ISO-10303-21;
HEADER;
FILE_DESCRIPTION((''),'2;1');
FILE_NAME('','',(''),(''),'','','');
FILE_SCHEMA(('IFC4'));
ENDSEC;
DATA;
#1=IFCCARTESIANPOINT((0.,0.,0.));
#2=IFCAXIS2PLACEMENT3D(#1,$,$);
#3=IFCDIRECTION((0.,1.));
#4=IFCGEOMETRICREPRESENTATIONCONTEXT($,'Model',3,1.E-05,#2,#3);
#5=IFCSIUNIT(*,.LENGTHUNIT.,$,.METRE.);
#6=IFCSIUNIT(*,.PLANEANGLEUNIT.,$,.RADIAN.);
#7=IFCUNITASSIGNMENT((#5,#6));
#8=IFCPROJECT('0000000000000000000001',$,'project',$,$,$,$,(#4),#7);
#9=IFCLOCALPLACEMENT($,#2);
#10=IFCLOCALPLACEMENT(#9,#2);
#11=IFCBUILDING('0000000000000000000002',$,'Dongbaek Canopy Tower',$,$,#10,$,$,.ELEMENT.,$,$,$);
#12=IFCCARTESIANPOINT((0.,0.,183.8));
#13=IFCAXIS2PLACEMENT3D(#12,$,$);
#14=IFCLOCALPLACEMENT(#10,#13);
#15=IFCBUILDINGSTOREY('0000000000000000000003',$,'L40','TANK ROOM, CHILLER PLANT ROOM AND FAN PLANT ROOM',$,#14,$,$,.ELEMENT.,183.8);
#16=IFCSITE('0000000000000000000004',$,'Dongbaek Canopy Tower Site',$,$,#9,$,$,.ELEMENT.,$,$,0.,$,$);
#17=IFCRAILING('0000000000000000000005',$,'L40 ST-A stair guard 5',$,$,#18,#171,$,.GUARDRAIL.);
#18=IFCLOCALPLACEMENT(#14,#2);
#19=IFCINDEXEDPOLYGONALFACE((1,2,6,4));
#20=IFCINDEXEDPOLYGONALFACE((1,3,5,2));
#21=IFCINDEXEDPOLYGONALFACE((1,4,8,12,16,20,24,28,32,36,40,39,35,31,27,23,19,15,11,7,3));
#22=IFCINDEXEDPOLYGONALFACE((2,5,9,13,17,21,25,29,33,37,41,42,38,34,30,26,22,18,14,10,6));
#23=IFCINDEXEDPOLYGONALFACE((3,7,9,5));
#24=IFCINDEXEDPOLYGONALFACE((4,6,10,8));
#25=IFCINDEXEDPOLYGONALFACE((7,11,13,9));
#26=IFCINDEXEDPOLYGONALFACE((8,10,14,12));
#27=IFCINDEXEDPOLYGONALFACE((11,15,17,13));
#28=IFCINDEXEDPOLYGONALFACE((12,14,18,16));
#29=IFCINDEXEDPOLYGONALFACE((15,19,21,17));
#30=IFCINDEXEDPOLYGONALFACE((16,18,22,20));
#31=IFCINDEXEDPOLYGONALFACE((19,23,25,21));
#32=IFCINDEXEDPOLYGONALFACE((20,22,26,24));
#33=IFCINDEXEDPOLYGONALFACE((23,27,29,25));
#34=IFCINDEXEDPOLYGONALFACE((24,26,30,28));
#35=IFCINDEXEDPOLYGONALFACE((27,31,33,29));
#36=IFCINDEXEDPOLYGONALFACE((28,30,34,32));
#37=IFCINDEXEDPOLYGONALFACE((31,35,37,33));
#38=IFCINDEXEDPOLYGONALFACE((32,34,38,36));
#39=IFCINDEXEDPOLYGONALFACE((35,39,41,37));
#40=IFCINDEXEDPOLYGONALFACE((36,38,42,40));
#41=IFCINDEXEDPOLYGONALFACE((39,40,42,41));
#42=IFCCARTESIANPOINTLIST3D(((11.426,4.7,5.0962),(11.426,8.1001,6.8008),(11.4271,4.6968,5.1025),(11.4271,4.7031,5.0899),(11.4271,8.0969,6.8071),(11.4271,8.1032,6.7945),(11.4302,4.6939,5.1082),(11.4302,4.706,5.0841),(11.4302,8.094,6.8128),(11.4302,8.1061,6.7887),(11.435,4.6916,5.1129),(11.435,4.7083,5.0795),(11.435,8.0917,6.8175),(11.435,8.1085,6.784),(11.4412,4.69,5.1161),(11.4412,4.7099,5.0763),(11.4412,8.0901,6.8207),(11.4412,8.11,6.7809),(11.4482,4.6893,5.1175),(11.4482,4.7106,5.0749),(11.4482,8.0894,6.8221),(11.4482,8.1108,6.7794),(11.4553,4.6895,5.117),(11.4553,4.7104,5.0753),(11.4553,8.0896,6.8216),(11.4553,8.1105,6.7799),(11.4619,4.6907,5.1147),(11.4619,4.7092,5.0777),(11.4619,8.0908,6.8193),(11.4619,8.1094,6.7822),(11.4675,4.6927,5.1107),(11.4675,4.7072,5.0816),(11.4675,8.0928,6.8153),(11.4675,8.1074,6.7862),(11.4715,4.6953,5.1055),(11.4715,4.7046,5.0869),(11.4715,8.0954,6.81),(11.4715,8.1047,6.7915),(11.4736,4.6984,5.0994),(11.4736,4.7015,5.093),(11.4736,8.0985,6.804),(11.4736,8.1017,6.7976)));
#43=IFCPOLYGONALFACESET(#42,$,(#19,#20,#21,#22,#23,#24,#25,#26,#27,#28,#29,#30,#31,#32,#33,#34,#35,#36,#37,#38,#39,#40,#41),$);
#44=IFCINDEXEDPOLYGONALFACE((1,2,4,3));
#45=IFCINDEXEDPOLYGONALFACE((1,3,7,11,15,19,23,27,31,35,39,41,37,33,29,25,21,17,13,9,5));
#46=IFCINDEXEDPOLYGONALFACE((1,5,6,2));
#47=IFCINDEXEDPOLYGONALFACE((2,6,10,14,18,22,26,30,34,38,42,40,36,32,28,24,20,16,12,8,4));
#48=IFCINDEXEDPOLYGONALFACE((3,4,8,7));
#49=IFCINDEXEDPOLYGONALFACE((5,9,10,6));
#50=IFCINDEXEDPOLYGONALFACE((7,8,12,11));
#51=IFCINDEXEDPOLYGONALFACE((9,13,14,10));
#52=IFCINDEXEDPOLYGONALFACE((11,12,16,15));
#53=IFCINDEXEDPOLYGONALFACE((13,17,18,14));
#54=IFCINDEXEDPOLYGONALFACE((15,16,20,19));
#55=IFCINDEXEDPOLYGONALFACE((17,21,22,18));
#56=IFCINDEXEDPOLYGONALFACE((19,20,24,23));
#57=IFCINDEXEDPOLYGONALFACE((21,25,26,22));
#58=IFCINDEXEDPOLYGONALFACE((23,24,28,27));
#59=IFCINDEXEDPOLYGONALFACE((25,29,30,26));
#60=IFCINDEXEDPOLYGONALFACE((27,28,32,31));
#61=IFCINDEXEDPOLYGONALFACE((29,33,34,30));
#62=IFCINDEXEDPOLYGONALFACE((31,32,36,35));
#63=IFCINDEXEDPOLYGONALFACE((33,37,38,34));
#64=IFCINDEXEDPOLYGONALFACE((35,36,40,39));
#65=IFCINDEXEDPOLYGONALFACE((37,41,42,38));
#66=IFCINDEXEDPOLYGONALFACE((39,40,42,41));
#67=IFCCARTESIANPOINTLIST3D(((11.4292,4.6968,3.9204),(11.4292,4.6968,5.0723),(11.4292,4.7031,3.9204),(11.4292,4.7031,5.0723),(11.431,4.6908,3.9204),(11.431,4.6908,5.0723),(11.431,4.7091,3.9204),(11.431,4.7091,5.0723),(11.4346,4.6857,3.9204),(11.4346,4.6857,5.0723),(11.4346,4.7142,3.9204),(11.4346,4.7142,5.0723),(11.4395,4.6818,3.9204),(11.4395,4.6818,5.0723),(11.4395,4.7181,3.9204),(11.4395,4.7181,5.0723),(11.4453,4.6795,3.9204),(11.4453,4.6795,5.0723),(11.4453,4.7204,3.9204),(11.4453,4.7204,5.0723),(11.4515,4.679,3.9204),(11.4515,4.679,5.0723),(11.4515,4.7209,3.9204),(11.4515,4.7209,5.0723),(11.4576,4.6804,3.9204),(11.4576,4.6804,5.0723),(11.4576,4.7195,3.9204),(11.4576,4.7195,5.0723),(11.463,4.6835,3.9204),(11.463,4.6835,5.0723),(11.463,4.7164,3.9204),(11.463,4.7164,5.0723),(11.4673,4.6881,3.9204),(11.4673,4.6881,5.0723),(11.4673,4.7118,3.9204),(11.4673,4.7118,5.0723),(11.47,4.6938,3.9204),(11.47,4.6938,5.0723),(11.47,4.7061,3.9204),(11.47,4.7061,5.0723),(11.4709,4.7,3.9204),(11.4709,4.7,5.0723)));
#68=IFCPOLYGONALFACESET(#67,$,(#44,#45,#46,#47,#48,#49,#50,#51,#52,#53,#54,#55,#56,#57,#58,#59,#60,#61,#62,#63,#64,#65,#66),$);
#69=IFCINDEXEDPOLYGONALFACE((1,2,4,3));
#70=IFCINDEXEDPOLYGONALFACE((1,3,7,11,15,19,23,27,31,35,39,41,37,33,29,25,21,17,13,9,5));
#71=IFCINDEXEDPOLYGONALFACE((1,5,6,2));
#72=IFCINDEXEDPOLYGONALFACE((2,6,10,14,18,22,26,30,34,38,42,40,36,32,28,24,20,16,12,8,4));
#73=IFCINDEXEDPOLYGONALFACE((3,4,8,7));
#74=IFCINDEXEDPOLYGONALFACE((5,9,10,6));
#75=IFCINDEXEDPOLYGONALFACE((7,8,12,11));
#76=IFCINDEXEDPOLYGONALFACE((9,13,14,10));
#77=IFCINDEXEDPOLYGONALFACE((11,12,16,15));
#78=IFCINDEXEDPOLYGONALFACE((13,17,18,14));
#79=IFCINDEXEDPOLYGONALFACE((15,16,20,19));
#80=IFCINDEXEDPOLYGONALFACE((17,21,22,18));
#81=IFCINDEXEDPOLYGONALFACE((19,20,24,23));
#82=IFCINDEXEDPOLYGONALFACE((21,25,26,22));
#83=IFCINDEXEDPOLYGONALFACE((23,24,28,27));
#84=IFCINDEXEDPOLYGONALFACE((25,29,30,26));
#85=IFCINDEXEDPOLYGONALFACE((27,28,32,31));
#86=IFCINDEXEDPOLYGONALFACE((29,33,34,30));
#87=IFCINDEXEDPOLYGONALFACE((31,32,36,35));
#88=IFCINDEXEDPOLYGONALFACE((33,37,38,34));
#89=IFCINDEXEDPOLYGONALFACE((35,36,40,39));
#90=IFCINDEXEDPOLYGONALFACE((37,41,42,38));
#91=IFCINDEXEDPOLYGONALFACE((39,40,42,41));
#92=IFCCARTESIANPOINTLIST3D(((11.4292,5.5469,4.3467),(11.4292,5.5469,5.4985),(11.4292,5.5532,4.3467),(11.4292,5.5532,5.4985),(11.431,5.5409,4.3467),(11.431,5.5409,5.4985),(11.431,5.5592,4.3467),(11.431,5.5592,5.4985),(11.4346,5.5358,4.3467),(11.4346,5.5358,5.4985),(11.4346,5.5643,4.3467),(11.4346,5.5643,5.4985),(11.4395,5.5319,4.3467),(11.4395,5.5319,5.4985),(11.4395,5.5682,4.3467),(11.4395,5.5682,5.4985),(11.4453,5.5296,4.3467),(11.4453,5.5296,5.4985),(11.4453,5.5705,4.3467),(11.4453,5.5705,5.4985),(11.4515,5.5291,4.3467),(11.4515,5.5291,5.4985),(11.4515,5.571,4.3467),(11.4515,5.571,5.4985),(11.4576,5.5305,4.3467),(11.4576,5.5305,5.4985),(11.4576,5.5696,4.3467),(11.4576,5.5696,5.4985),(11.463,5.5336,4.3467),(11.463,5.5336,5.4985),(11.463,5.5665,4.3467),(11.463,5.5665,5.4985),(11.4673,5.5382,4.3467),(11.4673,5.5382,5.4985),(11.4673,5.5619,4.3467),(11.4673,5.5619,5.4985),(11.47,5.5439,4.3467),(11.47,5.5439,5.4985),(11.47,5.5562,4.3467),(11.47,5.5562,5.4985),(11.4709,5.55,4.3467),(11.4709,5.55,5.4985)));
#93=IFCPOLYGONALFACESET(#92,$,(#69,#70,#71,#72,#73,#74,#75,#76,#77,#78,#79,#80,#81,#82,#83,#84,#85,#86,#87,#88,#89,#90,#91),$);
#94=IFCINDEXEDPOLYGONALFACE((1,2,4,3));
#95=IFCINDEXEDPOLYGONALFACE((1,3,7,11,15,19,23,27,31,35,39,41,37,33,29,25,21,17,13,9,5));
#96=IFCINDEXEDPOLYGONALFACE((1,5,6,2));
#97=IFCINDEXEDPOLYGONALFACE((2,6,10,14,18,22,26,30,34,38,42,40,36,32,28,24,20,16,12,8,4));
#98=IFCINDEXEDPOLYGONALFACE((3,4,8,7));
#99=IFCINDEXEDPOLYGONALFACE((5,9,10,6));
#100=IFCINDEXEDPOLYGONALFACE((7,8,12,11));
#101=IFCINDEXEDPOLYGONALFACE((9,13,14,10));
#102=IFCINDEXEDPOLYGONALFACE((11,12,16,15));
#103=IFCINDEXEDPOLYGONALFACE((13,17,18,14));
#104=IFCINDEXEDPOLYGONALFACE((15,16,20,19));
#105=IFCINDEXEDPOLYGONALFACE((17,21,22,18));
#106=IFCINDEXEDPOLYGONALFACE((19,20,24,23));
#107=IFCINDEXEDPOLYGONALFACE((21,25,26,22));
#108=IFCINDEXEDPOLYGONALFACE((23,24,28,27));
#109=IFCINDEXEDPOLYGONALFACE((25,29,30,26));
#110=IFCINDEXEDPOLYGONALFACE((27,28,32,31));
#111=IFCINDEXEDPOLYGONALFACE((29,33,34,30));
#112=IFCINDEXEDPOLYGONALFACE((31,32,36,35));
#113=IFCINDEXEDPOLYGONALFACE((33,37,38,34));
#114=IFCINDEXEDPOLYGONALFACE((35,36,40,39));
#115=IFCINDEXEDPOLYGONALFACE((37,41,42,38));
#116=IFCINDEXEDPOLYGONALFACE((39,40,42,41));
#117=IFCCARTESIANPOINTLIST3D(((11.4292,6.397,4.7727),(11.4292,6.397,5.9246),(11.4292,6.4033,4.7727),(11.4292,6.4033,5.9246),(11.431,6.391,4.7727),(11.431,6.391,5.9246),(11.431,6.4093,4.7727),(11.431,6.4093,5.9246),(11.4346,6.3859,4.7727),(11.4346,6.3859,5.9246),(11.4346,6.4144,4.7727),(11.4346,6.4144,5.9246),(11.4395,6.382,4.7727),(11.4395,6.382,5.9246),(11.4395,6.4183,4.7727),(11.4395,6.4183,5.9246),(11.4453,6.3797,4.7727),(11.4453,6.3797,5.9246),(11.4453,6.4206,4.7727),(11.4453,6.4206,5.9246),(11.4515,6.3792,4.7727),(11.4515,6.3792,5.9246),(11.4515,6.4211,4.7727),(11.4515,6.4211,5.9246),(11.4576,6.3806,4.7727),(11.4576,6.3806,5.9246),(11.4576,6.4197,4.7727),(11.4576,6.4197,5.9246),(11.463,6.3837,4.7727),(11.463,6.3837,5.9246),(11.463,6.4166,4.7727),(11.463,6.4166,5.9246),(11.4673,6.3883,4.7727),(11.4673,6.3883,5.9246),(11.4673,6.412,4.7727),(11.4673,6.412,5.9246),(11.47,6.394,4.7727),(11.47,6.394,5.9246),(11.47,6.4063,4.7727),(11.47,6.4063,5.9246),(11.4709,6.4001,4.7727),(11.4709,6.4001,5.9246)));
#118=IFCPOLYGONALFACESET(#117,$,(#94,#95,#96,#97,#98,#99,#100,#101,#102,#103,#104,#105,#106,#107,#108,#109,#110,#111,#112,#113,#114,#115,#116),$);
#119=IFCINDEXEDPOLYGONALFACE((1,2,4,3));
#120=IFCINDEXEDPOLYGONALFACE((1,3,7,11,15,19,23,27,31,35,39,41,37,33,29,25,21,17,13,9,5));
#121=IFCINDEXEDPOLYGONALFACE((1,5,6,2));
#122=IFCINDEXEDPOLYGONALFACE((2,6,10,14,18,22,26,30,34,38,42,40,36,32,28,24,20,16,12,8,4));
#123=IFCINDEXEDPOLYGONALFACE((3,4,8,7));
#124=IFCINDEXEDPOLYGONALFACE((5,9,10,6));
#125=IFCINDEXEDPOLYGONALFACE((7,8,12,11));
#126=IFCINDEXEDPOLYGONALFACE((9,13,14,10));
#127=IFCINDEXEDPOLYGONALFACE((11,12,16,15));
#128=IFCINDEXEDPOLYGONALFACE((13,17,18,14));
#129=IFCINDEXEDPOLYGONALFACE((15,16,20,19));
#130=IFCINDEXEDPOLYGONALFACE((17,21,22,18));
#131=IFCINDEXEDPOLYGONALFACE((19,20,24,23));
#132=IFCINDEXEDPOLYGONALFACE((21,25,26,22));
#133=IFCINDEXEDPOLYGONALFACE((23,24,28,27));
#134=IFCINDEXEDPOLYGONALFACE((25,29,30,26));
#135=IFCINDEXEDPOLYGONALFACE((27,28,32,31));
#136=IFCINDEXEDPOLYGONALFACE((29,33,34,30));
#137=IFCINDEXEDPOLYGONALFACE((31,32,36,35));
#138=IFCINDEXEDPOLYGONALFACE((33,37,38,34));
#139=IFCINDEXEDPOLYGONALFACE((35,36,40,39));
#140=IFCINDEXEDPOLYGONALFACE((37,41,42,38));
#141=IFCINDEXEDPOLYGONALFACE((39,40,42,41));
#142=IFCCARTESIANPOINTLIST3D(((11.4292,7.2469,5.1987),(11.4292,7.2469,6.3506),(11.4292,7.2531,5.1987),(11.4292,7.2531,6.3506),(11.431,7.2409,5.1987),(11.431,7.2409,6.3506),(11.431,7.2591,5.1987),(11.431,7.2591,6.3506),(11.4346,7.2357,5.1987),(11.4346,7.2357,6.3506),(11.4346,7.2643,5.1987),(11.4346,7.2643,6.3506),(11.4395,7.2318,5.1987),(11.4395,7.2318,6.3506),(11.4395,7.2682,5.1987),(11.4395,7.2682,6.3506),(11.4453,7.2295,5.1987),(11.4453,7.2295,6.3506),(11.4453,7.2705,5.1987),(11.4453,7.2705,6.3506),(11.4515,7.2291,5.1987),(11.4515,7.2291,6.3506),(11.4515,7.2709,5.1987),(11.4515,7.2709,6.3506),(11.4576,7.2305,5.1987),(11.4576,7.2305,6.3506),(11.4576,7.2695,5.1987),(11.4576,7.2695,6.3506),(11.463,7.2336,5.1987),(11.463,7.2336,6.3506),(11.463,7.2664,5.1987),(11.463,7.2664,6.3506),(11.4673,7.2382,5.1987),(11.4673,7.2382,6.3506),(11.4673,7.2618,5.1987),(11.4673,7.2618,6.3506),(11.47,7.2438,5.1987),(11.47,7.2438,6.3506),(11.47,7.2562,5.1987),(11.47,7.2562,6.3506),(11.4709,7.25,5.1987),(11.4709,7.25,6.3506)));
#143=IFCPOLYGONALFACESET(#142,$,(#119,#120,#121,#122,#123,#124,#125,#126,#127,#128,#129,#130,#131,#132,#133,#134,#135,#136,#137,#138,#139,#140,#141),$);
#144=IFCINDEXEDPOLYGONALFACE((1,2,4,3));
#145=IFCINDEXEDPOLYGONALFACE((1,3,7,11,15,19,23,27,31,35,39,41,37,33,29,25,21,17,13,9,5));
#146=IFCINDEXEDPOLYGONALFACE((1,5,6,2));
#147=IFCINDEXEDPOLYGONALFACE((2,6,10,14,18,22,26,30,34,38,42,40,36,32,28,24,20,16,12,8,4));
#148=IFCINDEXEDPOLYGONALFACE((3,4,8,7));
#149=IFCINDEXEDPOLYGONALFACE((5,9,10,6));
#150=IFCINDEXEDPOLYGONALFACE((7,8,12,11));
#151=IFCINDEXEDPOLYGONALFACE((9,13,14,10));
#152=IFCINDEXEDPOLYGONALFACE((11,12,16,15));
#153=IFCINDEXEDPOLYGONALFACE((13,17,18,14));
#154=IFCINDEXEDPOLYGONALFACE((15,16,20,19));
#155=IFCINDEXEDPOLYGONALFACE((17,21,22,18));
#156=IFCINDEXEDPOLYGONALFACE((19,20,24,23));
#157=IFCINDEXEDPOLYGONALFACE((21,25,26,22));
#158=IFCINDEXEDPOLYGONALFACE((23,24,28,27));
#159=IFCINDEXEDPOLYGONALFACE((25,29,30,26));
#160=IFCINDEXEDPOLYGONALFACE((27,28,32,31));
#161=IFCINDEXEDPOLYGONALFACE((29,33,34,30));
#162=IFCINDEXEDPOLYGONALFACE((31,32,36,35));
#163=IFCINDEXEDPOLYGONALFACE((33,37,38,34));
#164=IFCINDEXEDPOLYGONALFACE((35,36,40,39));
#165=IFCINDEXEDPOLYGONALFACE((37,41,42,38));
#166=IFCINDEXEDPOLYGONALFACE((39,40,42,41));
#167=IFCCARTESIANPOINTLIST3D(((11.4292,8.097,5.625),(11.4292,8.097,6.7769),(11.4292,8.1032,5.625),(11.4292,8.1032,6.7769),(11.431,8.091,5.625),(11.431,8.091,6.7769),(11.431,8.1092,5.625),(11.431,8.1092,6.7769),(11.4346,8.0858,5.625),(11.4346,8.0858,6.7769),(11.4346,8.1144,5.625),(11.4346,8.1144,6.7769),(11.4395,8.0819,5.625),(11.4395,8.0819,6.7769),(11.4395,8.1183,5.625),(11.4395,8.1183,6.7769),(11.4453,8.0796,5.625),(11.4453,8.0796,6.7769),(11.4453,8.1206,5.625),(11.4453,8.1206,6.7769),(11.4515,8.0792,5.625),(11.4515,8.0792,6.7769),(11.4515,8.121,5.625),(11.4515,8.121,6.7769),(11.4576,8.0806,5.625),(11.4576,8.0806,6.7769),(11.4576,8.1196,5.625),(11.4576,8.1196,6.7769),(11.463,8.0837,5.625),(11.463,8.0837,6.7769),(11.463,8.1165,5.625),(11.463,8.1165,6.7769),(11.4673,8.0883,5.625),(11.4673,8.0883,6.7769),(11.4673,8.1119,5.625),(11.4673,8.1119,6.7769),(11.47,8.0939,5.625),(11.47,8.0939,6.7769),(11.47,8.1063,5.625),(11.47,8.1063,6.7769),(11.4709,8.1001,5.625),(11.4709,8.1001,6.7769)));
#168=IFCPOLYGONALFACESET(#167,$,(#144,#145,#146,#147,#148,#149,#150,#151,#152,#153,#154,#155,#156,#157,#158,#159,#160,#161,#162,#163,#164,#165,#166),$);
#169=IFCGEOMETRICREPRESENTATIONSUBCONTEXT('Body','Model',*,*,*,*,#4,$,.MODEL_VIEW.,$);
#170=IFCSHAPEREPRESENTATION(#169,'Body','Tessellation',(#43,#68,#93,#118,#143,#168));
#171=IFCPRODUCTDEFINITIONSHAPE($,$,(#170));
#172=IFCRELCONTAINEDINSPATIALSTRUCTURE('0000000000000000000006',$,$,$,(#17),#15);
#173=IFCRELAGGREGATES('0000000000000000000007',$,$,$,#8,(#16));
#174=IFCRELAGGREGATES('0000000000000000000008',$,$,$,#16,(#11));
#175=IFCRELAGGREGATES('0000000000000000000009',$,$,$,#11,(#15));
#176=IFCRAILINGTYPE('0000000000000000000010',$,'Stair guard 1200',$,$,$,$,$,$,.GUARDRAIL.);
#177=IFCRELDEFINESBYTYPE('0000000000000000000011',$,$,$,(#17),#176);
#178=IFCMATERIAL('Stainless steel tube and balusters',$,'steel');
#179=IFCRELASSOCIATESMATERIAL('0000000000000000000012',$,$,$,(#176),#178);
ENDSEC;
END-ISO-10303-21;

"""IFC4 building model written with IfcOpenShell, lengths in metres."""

from ifc_helpers import new_model, si_unit, direction, frame, origin, origin_2d, place, context, subcontext, project, spatial, circle, extrude, material, type_object, element, save


model = new_model("IFC4")

# Units and contexts
model_context = context("Model", 3, precision=1e-05, world=origin(), true_north=direction((0.0, 1.0)))
body_context = subcontext(model_context, "Body", "Model", "MODEL_VIEW")
ifc_project = project(units=[si_unit("LENGTHUNIT", "METRE"), si_unit("PLANEANGLEUNIT", "RADIAN")], contexts=[model_context])

# Site, building, storey
site_placement = place(None, origin())
site = spatial("IfcSite", under=ifc_project, at=site_placement, Name="Dongbaek Canopy Tower Site", CompositionType="ELEMENT", RefElevation=0.0)
building_placement = place(site_placement, origin())
building = spatial("IfcBuilding", under=site, at=building_placement, Name="Dongbaek Canopy Tower", CompositionType="ELEMENT")
storey_placement = place(building_placement, frame((0.0, 0.0, 183.8)))
storey = spatial("IfcBuildingStorey", under=building, at=storey_placement, Name="L40", Description="TANK ROOM, CHILLER PLANT ROOM AND FAN PLANT ROOM", CompositionType="ELEMENT", Elevation=183.8)

# Railing
ifc_material_1 = material(Name="Stainless steel tube and balusters", Category="steel")
railing_type_1 = type_object("IfcRailingType", Name="Stair guard 1200", PredefinedType="GUARDRAIL", material=ifc_material_1)
railing_1_placement = place(storey_placement, frame((11.45, 4.7, 3.9204)))
element("IfcRailing", 1, at=railing_1_placement, inside=storey, type_object=railing_type_1, Name="L40 ST-A stair guard 5", PredefinedType="GUARDRAIL", context=body_context, shape_type="SweptSolid", body=[
    extrude(circle(Radius=0.0239, at=origin_2d()), frame((0.0, 0.0, 1.1758), z_axis=(0.0, 0.893952, 0.448163), x_axis=(-1.0, 0.0, 0.0)), (0.0, 0.0, 1.0), 3.8035),
    extrude(circle(Radius=0.021, at=origin_2d()), origin(), (0.0, 0.0, 1.0), 1.1519),
    extrude(circle(Radius=0.021, at=origin_2d()), frame((0.0, 0.8501, 0.4263)), (0.0, 0.0, 1.0), 1.1519),
    extrude(circle(Radius=0.021, at=origin_2d()), frame((0.0, 1.7002, 0.8523)), (0.0, 0.0, 1.0), 1.1519),
    extrude(circle(Radius=0.021, at=origin_2d()), frame((0.0, 2.55, 1.2783)), (0.0, 0.0, 1.0), 1.1519),
    extrude(circle(Radius=0.021, at=origin_2d()), frame((0.0, 3.4001, 1.7046)), (0.0, 0.0, 1.0), 1.1519),
])

save(model, "model.ifc")
